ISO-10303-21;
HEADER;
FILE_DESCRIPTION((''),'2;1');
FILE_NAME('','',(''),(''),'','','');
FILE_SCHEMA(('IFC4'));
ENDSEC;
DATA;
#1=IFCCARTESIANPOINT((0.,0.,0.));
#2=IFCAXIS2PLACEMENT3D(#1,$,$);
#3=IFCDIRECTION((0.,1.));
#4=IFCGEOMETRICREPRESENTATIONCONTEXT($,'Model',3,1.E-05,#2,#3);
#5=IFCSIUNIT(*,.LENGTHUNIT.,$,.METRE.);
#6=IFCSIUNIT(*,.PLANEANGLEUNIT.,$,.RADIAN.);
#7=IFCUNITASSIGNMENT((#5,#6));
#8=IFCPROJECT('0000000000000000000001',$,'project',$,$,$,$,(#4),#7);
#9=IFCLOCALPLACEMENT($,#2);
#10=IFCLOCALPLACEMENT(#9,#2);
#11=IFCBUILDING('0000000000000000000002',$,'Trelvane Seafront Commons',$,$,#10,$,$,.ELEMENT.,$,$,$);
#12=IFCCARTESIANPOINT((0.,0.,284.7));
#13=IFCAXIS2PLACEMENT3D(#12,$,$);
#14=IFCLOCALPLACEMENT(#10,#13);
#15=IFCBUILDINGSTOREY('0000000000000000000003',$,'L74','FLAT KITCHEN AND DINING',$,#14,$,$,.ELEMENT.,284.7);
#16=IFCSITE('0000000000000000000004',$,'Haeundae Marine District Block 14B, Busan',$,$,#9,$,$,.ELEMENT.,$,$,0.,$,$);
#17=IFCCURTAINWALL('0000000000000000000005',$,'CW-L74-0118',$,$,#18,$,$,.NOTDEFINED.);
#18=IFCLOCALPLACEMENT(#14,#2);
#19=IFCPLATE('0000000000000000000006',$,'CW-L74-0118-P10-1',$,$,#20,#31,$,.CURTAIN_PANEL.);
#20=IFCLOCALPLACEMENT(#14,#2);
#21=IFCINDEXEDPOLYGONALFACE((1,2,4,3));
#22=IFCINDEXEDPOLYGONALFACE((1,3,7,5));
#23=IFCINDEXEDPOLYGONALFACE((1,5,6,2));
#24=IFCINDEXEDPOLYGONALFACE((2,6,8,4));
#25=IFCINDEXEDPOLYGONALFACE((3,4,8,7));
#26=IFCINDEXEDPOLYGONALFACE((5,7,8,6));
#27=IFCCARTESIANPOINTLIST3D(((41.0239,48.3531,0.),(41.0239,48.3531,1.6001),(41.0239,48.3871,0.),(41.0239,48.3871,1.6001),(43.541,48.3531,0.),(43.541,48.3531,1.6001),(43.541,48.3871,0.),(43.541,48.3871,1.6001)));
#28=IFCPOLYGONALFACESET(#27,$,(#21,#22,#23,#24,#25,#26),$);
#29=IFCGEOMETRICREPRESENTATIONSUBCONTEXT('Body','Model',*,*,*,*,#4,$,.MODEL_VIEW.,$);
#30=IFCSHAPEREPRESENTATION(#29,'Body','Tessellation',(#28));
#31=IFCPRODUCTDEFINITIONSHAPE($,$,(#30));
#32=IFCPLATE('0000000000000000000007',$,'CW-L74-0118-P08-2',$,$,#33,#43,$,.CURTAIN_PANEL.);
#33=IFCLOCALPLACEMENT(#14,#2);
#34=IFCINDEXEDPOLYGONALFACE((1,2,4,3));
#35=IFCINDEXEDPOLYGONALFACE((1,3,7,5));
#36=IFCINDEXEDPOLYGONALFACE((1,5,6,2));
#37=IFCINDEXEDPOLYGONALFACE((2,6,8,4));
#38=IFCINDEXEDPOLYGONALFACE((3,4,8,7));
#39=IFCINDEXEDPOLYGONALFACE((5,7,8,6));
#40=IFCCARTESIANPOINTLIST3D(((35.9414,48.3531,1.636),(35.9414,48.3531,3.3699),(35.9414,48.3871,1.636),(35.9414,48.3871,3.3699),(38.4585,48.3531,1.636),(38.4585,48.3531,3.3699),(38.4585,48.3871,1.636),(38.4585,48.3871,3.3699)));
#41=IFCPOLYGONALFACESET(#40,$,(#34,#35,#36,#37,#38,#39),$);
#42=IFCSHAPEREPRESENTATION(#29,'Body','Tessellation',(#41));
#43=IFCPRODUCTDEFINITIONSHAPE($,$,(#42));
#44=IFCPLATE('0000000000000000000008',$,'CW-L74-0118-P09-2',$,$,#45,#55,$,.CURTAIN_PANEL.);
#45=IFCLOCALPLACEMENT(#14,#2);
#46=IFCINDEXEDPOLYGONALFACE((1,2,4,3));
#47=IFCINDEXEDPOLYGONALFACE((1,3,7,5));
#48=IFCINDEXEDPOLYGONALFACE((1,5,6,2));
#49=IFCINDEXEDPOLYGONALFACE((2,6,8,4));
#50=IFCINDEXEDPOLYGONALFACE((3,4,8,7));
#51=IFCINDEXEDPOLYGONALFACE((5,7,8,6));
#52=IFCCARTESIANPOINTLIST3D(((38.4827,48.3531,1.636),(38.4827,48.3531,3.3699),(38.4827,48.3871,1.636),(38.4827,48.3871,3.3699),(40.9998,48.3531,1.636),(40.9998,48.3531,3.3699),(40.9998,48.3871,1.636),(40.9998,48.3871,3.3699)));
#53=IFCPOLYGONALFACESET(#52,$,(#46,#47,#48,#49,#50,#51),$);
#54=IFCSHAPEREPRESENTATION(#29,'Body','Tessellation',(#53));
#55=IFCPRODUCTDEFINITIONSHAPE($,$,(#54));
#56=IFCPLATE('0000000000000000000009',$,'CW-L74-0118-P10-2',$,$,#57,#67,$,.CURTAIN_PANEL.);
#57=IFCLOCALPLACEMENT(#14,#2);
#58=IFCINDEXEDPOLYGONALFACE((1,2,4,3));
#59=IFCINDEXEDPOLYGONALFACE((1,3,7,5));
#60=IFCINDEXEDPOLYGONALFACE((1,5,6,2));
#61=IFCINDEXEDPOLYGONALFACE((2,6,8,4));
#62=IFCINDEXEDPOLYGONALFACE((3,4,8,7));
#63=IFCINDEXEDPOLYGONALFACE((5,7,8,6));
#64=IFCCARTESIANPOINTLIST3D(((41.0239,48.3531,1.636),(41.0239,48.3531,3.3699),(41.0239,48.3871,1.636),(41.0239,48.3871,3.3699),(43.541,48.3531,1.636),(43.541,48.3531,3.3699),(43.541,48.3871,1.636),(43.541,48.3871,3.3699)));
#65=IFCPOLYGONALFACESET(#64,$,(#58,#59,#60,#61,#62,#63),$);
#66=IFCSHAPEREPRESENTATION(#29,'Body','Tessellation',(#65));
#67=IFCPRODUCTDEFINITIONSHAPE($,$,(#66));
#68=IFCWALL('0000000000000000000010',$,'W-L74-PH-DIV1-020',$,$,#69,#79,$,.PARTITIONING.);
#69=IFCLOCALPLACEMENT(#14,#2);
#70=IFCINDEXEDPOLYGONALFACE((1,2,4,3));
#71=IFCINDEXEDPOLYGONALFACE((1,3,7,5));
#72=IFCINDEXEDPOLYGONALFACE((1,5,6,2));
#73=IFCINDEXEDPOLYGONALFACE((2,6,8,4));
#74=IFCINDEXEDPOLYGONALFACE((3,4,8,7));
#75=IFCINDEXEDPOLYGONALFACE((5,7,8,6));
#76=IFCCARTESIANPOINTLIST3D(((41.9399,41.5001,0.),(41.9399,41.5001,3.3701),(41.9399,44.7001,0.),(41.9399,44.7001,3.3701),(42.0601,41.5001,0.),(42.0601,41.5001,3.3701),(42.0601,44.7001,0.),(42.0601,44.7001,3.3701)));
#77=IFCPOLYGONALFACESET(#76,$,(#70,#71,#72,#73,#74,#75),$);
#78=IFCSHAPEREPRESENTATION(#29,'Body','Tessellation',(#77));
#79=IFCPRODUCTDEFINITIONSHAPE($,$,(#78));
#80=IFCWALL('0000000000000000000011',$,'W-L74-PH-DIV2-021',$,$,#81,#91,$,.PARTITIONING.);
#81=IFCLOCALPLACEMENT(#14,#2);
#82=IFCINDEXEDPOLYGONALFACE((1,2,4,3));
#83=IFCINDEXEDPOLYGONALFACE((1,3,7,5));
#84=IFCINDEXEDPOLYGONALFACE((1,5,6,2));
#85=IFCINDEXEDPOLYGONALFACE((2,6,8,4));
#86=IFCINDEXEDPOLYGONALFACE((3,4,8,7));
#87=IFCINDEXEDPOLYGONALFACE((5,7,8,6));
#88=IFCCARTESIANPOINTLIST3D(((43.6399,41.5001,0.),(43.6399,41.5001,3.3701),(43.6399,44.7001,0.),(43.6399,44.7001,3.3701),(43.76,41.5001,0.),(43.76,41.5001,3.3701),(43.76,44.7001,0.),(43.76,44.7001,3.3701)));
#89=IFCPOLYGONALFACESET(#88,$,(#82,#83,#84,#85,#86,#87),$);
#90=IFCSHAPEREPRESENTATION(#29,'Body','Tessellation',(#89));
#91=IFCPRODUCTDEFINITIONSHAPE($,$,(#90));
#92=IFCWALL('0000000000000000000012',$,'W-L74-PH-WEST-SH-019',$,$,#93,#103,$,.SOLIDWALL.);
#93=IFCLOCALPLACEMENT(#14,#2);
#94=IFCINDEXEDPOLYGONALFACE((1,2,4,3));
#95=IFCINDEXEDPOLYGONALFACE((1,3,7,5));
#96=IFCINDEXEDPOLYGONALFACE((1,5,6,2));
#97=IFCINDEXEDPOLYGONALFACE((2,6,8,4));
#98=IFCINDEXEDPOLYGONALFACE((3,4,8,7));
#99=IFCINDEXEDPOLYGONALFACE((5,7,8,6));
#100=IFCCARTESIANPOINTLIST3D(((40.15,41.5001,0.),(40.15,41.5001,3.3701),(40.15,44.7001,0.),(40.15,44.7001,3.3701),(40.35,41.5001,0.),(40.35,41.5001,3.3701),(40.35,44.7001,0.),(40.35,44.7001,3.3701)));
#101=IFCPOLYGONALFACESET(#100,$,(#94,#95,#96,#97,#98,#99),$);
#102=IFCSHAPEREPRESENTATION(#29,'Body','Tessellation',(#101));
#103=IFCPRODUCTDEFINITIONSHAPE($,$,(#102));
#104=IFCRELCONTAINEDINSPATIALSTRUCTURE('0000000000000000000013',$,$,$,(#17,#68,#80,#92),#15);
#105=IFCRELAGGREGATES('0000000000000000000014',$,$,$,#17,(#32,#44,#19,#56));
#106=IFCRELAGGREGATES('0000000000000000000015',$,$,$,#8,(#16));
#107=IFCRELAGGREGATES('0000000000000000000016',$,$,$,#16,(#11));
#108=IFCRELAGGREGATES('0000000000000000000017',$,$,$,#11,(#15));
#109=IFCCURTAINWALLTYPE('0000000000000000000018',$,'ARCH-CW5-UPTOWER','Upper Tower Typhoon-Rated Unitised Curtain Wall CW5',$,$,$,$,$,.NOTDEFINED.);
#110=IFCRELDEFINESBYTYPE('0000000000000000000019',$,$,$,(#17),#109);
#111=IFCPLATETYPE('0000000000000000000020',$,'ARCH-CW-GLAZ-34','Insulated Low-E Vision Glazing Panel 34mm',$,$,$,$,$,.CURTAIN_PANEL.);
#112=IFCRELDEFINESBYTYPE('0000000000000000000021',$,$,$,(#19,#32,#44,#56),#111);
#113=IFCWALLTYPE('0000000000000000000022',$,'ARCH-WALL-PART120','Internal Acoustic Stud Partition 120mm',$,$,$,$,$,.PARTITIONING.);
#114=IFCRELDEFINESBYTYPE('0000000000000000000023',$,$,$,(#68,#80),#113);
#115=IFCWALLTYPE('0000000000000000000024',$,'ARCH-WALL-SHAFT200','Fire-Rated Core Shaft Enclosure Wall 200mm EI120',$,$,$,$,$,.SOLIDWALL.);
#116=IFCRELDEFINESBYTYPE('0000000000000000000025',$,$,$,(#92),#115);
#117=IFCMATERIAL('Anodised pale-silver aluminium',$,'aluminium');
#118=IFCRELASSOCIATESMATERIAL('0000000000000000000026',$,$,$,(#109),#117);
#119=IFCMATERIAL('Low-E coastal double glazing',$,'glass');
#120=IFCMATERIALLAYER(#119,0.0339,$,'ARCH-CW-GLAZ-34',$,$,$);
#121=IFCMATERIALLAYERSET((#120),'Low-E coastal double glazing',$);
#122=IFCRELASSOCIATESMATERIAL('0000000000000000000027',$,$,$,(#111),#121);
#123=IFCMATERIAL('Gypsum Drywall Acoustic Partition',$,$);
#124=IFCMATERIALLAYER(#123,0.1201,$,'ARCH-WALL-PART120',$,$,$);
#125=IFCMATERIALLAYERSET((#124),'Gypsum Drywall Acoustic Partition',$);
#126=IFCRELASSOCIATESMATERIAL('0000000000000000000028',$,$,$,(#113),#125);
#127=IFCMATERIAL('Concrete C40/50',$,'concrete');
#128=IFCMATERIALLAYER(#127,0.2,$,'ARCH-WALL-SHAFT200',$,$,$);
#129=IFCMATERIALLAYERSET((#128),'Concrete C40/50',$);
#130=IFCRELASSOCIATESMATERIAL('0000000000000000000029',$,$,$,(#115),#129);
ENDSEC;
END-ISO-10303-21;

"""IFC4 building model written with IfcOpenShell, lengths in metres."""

from ifc_helpers import new_model, si_unit, direction, frame, frame_2d, origin, origin_2d, place, context, subcontext, project, spatial, rectangle, extrude, source, transform, mapped, material, layer, layer_set, type_object, element, aggregate, save


model = new_model("IFC4")

# Units and contexts
model_context = context("Model", 3, precision=1e-05, world=origin(), true_north=direction((0.0, 1.0)))
body_context = subcontext(model_context, "Body", "Model", "MODEL_VIEW")
ifc_project = project(units=[si_unit("LENGTHUNIT", "METRE"), si_unit("PLANEANGLEUNIT", "RADIAN")], contexts=[model_context])

# Site, building, storey
site_placement = place(None, origin())
site = spatial("IfcSite", under=ifc_project, at=site_placement, Name="Haeundae Marine District Block 14B, Busan", CompositionType="ELEMENT", RefElevation=0.0)
building_placement = place(site_placement, origin())
building = spatial("IfcBuilding", under=site, at=building_placement, Name="Trelvane Seafront Commons", CompositionType="ELEMENT")
storey_placement = place(building_placement, frame((0.0, 0.0, 284.7)))
storey = spatial("IfcBuildingStorey", under=building, at=storey_placement, Name="L74", Description="FLAT KITCHEN AND DINING", CompositionType="ELEMENT", Elevation=284.7)

# Curtain wall
ifc_material_1 = material(Name="Anodised pale-silver aluminium", Category="aluminium")
curtain_wall_type = type_object("IfcCurtainWallType", Name="ARCH-CW5-UPTOWER", Description="Upper Tower Typhoon-Rated Unitised Curtain Wall CW5", PredefinedType="NOTDEFINED", material=ifc_material_1)
curtain_wall_placement = place(storey_placement, origin())
curtain_wall = element("IfcCurtainWall", 1, at=curtain_wall_placement, inside=storey, type_object=curtain_wall_type, Name="CW-L74-0118", PredefinedType="NOTDEFINED")

# Plates
ifc_material_2 = material(Name="Low-E coastal double glazing", Category="glass")
ifc_layer_1 = layer(ifc_material_2, 0.0339, Name="ARCH-CW-GLAZ-34")
ifc_layer_set_1 = layer_set([ifc_layer_1], Name="Low-E coastal double glazing")
plate_type_1 = type_object("IfcPlateType", Name="ARCH-CW-GLAZ-34", Description="Insulated Low-E Vision Glazing Panel 34mm", PredefinedType="CURTAIN_PANEL", material=ifc_layer_set_1)
shared_shape_1 = source(origin(), body_context, "Body", "SweptSolid", [
    extrude(rectangle(XDim=2.5171, YDim=0.0339, at=origin_2d()), origin(), (0.0, 0.0, 1.0), 1.6001),
])
plate_1_placement = place(storey_placement, frame((42.2825, 48.3701, 0.0), z_axis=(0.0, 0.0, 1.0), x_axis=(1.0, 0.0, 0.0)))
plate_1 = element("IfcPlate", 2, at=plate_1_placement, type_object=plate_type_1, Name="CW-L74-0118-P10-1", PredefinedType="CURTAIN_PANEL", context=body_context, shape_type="MappedRepresentation", body=[
    mapped(shared_shape_1, transform((0.0, 0.0, 0.0), x_axis=(1.0, 0.0, 0.0), y_axis=(0.0, 1.0, 0.0), z_axis=(0.0, 0.0, 1.0), scale=1.0)),
])
shared_shape_2 = source(origin(), body_context, "Body", "SweptSolid", [
    extrude(rectangle(XDim=2.5171, YDim=0.0339, at=origin_2d()), origin(), (0.0, 0.0, 1.0), 1.7339),
])
plate_2_placement = place(storey_placement, frame((37.2, 48.3701, 1.636), z_axis=(0.0, 0.0, 1.0), x_axis=(1.0, 0.0, 0.0)))
plate_2 = element("IfcPlate", 3, at=plate_2_placement, type_object=plate_type_1, Name="CW-L74-0118-P08-2", PredefinedType="CURTAIN_PANEL", context=body_context, shape_type="MappedRepresentation", body=[
    mapped(shared_shape_2, transform((0.0, 0.0, 0.0), x_axis=(1.0, 0.0, 0.0), y_axis=(0.0, 1.0, 0.0), z_axis=(0.0, 0.0, 1.0), scale=1.0)),
])
plate_3_placement = place(storey_placement, frame((39.7412, 48.3701, 1.636), z_axis=(0.0, 0.0, 1.0), x_axis=(1.0, 0.0, 0.0)))
plate_3 = element("IfcPlate", 4, at=plate_3_placement, type_object=plate_type_1, Name="CW-L74-0118-P09-2", PredefinedType="CURTAIN_PANEL", context=body_context, shape_type="MappedRepresentation", body=[
    mapped(shared_shape_2, transform((0.0, 0.0, 0.0), x_axis=(1.0, 0.0, 0.0), y_axis=(0.0, 1.0, 0.0), z_axis=(0.0, 0.0, 1.0), scale=1.0)),
])
plate_4_placement = place(storey_placement, frame((42.2825, 48.3701, 1.636), z_axis=(0.0, 0.0, 1.0), x_axis=(1.0, 0.0, 0.0)))
plate_4 = element("IfcPlate", 5, at=plate_4_placement, type_object=plate_type_1, Name="CW-L74-0118-P10-2", PredefinedType="CURTAIN_PANEL", context=body_context, shape_type="MappedRepresentation", body=[
    mapped(shared_shape_2, transform((0.0, 0.0, 0.0), x_axis=(1.0, 0.0, 0.0), y_axis=(0.0, 1.0, 0.0), z_axis=(0.0, 0.0, 1.0), scale=1.0)),
])
aggregate(curtain_wall, [plate_2, plate_3, plate_1, plate_4])

# Walls
ifc_material_3 = material(Name="Gypsum Drywall Acoustic Partition")
ifc_layer_2 = layer(ifc_material_3, 0.1201, Name="ARCH-WALL-PART120")
ifc_layer_set_2 = layer_set([ifc_layer_2], Name="Gypsum Drywall Acoustic Partition")
wall_type_1 = type_object("IfcWallType", Name="ARCH-WALL-PART120", Description="Internal Acoustic Stud Partition 120mm", PredefinedType="PARTITIONING", material=ifc_layer_set_2)
for number, where, z_axis, x_axis, name in (
    (6, (42.0, 41.5, 0.0), (0.0, 0.0, 1.0), (0.0, 1.0, 0.0), "W-L74-PH-DIV1-020"),
    (7, (43.7, 41.5, 0.0), (0.0, 0.0, 1.0), (0.0, 1.0, 0.0), "W-L74-PH-DIV2-021"),
):
    element("IfcWall", number, at=place(storey_placement, frame(where, z_axis=z_axis, x_axis=x_axis)), inside=storey, type_object=wall_type_1, Name=name, PredefinedType="PARTITIONING", context=body_context, shape_type="SweptSolid", body=[
        extrude(rectangle(XDim=3.2, YDim=0.1201, at=frame_2d((1.6001, 0.0))), origin(), (0.0, 0.0, 1.0), 3.3701),
    ])

# Shared definitions
ifc_material_4 = material(Name="Concrete C40/50", Category="concrete")
ifc_layer_3 = layer(ifc_material_4, 0.2, Name="ARCH-WALL-SHAFT200")
ifc_layer_set_3 = layer_set([ifc_layer_3], Name="Concrete C40/50")
wall_type_2 = type_object("IfcWallType", Name="ARCH-WALL-SHAFT200", Description="Fire-Rated Core Shaft Enclosure Wall 200mm EI120", PredefinedType="SOLIDWALL", material=ifc_layer_set_3)

# Wall
wall_1_placement = place(storey_placement, frame((40.25, 41.5, 0.0), z_axis=(0.0, 0.0, 1.0), x_axis=(0.0, 1.0, 0.0)))
element("IfcWall", 8, at=wall_1_placement, inside=storey, type_object=wall_type_2, Name="W-L74-PH-WEST-SH-019", PredefinedType="SOLIDWALL", context=body_context, shape_type="SweptSolid", body=[
    extrude(rectangle(XDim=3.2, YDim=0.2, at=frame_2d((1.6001, 0.0))), origin(), (0.0, 0.0, 1.0), 3.3701),
])

save(model, "model.ifc")
